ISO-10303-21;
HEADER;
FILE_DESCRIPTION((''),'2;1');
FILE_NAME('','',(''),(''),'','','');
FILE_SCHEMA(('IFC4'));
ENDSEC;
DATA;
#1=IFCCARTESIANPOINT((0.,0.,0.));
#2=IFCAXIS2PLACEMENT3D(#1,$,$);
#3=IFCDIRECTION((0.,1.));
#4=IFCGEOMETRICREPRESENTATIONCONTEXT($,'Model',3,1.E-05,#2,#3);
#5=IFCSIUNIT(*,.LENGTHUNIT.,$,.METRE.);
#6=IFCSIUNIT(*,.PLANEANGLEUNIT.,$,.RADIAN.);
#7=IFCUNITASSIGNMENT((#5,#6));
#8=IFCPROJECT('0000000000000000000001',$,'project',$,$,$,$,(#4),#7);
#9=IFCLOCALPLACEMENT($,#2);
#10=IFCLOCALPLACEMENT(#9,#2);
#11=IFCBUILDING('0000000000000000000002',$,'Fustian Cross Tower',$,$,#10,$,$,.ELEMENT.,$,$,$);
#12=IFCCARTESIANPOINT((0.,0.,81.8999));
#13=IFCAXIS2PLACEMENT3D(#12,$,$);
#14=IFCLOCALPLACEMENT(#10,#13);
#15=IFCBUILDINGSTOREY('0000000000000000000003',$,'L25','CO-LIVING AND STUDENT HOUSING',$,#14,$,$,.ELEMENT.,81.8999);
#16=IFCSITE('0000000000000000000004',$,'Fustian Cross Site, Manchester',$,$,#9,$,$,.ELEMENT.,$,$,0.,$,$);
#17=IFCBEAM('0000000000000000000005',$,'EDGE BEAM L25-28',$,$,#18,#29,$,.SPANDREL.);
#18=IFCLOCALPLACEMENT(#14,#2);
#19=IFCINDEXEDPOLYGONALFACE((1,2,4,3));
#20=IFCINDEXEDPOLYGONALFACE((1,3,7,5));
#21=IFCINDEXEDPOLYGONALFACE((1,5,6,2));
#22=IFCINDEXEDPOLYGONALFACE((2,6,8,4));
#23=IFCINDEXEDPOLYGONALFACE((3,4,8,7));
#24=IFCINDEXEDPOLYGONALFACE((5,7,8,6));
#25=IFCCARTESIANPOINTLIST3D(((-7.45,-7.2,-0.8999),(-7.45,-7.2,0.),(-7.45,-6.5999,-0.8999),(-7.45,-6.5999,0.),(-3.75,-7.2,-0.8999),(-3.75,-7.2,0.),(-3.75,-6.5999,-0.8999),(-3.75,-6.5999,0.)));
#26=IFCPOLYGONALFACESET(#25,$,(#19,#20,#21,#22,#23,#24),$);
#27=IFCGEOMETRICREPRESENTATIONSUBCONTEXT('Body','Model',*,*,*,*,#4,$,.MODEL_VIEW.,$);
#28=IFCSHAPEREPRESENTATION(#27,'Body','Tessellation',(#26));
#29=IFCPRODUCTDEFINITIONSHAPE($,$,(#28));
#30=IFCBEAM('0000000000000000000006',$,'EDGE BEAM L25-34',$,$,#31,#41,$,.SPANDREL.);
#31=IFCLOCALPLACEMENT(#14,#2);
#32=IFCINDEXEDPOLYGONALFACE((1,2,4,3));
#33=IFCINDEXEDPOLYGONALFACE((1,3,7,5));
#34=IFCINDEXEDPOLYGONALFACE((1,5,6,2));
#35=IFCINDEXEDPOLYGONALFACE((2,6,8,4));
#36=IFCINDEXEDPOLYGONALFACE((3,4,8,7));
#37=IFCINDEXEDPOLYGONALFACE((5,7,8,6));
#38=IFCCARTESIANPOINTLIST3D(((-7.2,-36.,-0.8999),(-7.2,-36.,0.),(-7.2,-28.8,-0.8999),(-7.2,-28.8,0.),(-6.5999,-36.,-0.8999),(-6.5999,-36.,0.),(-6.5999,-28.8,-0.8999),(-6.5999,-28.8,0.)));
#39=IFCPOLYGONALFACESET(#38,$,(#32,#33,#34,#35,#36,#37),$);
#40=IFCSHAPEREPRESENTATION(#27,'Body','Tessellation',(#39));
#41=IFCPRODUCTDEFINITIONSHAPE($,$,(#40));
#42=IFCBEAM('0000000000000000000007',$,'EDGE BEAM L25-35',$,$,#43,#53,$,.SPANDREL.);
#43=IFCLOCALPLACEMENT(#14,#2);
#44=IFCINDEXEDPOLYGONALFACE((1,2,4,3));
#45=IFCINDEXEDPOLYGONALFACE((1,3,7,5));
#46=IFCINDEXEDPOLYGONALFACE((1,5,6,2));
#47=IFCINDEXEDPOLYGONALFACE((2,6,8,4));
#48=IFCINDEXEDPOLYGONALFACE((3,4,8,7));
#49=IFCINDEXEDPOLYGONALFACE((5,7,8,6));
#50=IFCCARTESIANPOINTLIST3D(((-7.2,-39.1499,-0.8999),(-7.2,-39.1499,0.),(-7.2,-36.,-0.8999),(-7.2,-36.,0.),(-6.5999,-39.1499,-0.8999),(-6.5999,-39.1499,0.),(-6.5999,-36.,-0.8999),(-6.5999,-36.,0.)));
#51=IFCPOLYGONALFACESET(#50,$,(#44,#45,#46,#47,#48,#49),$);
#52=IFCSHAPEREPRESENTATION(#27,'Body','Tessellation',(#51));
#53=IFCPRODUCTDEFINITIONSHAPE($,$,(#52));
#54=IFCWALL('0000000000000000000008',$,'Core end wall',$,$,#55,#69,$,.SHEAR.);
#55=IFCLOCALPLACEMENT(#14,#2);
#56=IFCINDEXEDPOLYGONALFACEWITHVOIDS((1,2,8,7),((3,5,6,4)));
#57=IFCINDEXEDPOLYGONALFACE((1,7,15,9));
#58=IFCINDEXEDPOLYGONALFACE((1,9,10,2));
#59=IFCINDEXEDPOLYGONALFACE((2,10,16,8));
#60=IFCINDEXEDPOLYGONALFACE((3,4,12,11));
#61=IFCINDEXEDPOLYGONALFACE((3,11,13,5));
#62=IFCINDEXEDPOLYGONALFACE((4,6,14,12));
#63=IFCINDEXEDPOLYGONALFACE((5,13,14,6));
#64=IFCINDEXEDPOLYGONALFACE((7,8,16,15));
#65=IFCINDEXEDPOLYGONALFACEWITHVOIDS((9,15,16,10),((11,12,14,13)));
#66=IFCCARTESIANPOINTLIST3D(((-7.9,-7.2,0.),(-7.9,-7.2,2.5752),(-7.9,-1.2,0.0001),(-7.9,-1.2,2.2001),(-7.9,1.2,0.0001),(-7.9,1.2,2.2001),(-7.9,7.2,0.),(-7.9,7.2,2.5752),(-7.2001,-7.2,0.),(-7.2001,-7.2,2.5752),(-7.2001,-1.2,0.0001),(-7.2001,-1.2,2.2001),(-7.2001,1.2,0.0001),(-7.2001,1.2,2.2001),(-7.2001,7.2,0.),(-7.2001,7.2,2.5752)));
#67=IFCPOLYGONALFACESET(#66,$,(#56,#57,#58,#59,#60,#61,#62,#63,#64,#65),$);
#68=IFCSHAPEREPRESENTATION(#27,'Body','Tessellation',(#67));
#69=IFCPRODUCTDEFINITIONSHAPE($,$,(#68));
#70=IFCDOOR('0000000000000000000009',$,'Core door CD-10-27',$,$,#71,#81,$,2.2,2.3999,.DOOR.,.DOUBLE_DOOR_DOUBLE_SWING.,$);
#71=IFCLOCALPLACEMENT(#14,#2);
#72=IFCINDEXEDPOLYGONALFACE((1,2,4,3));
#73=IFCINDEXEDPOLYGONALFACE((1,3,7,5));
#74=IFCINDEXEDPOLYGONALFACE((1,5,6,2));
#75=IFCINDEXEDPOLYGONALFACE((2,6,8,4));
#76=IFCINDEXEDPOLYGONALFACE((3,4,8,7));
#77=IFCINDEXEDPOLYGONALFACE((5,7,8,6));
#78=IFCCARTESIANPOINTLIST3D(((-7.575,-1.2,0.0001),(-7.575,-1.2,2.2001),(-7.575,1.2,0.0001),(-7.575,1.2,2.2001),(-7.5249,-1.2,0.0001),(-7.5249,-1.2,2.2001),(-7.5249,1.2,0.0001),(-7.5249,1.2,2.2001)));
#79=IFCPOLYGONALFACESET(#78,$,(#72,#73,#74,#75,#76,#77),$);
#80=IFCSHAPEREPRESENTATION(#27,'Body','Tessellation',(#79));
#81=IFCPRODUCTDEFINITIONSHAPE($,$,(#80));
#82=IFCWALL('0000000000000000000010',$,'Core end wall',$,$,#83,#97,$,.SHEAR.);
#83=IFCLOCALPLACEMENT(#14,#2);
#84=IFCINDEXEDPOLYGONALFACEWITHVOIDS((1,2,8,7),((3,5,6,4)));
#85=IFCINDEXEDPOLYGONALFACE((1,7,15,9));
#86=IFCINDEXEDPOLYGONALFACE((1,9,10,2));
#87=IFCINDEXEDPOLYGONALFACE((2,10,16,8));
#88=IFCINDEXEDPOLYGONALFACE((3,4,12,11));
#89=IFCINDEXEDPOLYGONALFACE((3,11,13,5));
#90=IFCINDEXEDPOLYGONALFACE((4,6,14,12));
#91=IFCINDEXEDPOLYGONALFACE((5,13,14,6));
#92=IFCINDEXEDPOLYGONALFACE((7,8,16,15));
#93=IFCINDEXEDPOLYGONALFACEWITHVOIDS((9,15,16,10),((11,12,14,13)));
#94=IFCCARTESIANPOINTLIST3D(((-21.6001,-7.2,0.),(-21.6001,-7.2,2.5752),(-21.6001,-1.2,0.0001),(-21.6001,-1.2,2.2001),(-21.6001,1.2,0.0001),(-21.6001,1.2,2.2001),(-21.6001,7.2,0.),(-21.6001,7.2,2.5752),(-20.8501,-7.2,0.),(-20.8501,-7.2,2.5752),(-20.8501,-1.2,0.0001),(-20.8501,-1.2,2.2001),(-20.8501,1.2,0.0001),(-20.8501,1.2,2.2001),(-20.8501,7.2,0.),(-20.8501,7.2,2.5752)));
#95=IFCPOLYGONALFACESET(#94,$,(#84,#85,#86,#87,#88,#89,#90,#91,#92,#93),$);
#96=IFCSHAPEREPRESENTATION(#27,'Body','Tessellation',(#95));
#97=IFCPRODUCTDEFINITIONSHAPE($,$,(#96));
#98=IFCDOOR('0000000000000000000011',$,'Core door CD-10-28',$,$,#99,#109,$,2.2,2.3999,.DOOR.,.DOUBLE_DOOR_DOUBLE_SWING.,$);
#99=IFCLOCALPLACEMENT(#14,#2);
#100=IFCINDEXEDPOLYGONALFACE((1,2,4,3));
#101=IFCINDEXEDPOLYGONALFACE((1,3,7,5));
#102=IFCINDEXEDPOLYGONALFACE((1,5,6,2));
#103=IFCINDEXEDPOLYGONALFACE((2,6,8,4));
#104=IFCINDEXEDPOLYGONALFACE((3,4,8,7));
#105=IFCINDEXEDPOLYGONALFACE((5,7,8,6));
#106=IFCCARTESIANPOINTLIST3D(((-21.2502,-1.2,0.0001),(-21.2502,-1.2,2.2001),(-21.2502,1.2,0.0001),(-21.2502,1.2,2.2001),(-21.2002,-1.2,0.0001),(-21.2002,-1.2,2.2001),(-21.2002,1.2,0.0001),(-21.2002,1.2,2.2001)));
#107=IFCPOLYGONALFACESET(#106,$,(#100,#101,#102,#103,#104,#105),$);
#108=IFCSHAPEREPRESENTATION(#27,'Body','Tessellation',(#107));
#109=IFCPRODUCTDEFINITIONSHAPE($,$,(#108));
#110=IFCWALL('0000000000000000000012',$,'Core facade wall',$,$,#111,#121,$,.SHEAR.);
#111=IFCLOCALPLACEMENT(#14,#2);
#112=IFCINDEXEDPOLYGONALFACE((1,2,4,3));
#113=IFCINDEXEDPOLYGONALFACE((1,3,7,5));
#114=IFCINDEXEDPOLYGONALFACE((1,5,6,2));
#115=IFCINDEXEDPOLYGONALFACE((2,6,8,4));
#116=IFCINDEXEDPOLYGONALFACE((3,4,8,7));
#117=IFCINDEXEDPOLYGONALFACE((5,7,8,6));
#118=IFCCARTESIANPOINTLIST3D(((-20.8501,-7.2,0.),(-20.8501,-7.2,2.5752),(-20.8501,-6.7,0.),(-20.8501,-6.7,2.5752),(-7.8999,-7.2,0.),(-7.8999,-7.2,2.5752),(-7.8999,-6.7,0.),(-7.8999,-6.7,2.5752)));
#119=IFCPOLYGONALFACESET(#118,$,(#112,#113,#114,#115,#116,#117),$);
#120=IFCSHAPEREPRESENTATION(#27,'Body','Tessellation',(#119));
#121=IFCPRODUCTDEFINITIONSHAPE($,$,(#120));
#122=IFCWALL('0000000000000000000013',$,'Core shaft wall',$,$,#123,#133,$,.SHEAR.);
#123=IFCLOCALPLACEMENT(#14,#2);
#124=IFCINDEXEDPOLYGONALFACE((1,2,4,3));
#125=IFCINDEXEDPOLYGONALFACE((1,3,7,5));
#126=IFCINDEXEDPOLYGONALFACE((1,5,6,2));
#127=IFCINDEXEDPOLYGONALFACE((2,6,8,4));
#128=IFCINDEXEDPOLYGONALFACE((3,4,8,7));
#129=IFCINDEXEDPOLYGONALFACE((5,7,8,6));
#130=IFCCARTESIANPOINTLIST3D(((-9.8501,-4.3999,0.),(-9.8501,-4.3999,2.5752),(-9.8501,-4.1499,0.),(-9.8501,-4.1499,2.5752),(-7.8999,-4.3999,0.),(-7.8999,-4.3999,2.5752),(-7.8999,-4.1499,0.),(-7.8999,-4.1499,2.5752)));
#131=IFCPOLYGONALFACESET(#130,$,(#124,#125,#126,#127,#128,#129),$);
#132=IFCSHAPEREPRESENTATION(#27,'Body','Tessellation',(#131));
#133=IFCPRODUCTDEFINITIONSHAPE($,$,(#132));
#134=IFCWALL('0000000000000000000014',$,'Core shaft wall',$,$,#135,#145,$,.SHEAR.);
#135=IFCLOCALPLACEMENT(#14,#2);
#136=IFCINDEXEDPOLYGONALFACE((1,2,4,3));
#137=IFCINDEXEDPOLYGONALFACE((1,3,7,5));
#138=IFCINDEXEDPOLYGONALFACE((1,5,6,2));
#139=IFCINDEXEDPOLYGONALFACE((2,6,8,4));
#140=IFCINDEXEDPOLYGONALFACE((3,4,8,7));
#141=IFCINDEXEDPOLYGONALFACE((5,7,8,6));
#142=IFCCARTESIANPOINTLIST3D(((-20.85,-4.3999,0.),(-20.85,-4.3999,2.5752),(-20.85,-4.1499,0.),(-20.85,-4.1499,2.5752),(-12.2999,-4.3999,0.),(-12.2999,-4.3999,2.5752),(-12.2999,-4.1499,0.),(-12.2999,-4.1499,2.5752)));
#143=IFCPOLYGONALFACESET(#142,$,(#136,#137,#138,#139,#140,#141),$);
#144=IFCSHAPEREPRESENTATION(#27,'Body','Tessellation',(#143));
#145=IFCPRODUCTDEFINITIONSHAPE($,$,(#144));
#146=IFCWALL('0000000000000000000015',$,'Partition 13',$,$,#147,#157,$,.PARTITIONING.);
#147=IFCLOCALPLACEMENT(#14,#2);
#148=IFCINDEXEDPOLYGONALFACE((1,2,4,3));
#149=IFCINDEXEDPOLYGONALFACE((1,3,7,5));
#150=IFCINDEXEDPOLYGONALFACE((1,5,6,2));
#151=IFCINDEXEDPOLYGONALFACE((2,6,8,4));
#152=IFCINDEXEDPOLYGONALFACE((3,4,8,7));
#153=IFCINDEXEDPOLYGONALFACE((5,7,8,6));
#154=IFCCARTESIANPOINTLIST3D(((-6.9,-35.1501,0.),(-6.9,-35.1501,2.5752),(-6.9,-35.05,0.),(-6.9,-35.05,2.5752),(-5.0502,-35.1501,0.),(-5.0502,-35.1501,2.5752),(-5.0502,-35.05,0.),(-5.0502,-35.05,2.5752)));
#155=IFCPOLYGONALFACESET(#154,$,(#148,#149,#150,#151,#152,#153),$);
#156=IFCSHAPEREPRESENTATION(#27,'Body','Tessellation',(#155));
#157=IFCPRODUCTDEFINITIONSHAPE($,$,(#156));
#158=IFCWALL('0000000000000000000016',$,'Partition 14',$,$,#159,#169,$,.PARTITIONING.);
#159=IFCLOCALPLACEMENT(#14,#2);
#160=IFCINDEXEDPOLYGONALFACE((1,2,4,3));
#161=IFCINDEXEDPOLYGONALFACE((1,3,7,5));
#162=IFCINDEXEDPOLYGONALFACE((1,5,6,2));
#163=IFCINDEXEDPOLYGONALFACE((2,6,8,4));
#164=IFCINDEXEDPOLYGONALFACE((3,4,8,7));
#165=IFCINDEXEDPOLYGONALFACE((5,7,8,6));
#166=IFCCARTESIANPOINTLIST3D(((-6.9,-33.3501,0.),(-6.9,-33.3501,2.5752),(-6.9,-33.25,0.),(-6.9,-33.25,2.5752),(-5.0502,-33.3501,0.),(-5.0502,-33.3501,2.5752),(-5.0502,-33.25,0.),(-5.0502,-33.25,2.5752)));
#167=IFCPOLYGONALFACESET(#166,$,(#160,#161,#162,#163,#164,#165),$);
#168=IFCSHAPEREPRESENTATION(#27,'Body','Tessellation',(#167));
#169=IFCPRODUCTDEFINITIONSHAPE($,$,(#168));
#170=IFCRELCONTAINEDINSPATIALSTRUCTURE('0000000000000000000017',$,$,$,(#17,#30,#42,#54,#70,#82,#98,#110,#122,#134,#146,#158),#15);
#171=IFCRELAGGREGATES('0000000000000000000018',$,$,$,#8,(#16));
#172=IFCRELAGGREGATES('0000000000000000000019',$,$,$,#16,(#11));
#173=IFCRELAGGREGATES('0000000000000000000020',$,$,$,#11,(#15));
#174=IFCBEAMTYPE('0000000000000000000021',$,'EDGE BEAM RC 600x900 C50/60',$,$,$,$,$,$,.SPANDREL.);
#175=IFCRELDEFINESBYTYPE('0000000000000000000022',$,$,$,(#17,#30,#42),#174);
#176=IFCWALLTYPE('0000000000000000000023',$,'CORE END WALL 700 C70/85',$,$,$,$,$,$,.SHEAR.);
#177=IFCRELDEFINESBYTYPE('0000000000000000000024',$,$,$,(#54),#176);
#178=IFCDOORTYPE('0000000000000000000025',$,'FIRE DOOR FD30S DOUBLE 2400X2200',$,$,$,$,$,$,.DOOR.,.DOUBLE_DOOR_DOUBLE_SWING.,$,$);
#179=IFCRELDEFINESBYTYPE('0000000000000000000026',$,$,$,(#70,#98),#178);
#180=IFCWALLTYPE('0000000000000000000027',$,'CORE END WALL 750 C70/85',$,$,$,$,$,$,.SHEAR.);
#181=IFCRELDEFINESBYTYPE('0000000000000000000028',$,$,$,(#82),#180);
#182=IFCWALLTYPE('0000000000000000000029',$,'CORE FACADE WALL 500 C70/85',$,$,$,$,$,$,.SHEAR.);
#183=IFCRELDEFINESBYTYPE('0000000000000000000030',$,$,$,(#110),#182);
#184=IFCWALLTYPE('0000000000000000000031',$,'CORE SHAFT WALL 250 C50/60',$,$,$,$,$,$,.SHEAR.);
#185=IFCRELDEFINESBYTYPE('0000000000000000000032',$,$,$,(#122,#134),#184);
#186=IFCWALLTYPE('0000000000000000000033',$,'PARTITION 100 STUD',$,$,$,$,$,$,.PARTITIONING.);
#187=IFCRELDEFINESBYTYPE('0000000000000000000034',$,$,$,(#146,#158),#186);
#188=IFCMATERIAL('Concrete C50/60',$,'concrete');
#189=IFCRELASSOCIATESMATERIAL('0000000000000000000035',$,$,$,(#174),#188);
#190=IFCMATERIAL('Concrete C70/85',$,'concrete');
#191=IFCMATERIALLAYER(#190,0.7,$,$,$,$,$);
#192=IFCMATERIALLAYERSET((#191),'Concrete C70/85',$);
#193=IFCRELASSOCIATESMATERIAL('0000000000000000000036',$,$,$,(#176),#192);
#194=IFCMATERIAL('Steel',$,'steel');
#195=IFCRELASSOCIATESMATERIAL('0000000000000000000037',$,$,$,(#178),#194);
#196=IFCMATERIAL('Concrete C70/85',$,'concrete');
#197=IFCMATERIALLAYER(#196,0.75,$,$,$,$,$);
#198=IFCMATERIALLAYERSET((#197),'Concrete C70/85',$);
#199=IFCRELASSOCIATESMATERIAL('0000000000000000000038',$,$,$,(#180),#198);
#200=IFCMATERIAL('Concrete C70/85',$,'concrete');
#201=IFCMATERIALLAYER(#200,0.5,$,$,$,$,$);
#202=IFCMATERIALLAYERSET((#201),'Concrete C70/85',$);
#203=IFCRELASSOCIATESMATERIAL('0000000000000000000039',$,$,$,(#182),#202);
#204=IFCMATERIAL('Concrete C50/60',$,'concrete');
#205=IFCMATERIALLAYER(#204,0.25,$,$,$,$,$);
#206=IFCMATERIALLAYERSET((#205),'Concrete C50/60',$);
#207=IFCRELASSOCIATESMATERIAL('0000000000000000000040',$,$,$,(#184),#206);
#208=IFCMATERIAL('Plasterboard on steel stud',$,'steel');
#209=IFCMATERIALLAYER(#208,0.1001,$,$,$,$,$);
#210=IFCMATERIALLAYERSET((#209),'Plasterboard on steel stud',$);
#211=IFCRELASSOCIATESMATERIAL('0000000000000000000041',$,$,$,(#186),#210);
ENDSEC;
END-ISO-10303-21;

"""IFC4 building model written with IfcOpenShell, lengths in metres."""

from ifc_helpers import new_model, si_unit, direction, frame, frame_2d, origin, origin_2d, place, context, subcontext, project, spatial, rectangle, extrude, material, layer, layer_set, material_profile, profile_set, type_object, element, fill, save


model = new_model("IFC4")

# Units and contexts
model_context = context("Model", 3, precision=1e-05, world=origin(), true_north=direction((0.0, 1.0)))
body_context = subcontext(model_context, "Body", "Model", "MODEL_VIEW")
ifc_project = project(units=[si_unit("LENGTHUNIT", "METRE"), si_unit("PLANEANGLEUNIT", "RADIAN")], contexts=[model_context])

# Site, building, storey
site_placement = place(None, origin())
site = spatial("IfcSite", under=ifc_project, at=site_placement, Name="Fustian Cross Site, Manchester", CompositionType="ELEMENT", RefElevation=0.0)
building_placement = place(site_placement, origin())
building = spatial("IfcBuilding", under=site, at=building_placement, Name="Fustian Cross Tower", CompositionType="ELEMENT")
storey_placement = place(building_placement, frame((0.0, 0.0, 81.8999)))
storey = spatial("IfcBuildingStorey", under=building, at=storey_placement, Name="L25", Description="CO-LIVING AND STUDENT HOUSING", CompositionType="ELEMENT", Elevation=81.8999)

# Beams
ifc_material_1 = material(Name="Concrete C50/60", Category="concrete")
ifc_material_profile = material_profile(ifc_material_1, rectangle(XDim=0.6001, YDim=0.8999, at=origin_2d()), Name="RC 600x900")
ifc_profile_set = profile_set([ifc_material_profile], Name="Concrete C50/60")
beam_type = type_object("IfcBeamType", Name="EDGE BEAM RC 600x900 C50/60", PredefinedType="SPANDREL", material=ifc_profile_set)
beam_1_placement = place(storey_placement, frame((-7.45, -6.8999, -0.45), z_axis=(1.0, 0.0, 0.0), x_axis=(0.0, 1.0, 0.0)))
element("IfcBeam", 1, at=beam_1_placement, inside=storey, type_object=beam_type, Name="EDGE BEAM L25-28", PredefinedType="SPANDREL", context=body_context, shape_type="SweptSolid", body=[
    extrude(rectangle(XDim=0.6001, YDim=0.8999, at=origin_2d()), origin(), (0.0, 0.0, 1.0), 3.7),
])
beam_2_placement = place(storey_placement, frame((-6.8999, -28.8, -0.45), z_axis=(0.0, -1.0, 0.0), x_axis=(1.0, 0.0, 0.0)))
element("IfcBeam", 2, at=beam_2_placement, inside=storey, type_object=beam_type, Name="EDGE BEAM L25-34", PredefinedType="SPANDREL", context=body_context, shape_type="SweptSolid", body=[
    extrude(rectangle(XDim=0.6001, YDim=0.8999, at=origin_2d()), origin(), (0.0, 0.0, 1.0), 7.2),
])
beam_3_placement = place(storey_placement, frame((-6.8999, -36.0, -0.45), z_axis=(0.0, -1.0, 0.0), x_axis=(1.0, 0.0, 0.0)))
element("IfcBeam", 3, at=beam_3_placement, inside=storey, type_object=beam_type, Name="EDGE BEAM L25-35", PredefinedType="SPANDREL", context=body_context, shape_type="SweptSolid", body=[
    extrude(rectangle(XDim=0.6001, YDim=0.8999, at=origin_2d()), origin(), (0.0, 0.0, 1.0), 3.1499),
])

# Walls, openings, doors
ifc_material_2 = material(Name="Concrete C70/85", Category="concrete")
ifc_layer_1 = layer(ifc_material_2, 0.7)
ifc_layer_set_1 = layer_set([ifc_layer_1], Name="Concrete C70/85")
wall_type_1 = type_object("IfcWallType", Name="CORE END WALL 700 C70/85", PredefinedType="SHEAR", material=ifc_layer_set_1)
wall_1_placement = place(storey_placement, frame((-7.55, -7.2, 0.0), z_axis=(0.0, 0.0, 1.0), x_axis=(0.0, 1.0, 0.0)))
wall_1 = element("IfcWall", 4, at=wall_1_placement, inside=storey, type_object=wall_type_1, Name="Core end wall", PredefinedType="SHEAR", context=body_context, shape_type="SweptSolid", body=[
    extrude(rectangle(XDim=14.3999, YDim=0.7, at=frame_2d((7.2, 0.0))), origin(), (0.0, 0.0, 1.0), 2.5752),
])
opening_1_placement = place(wall_1_placement, frame((6.0, 0.0, 0.0)))
opening_1 = element("IfcOpeningElement", 5, at=opening_1_placement, cuts=wall_1, PredefinedType="OPENING", context=body_context, shape_type="SweptSolid", body=[
    extrude(rectangle(XDim=2.3999, YDim=2.2, at=frame_2d((1.2, 1.1001))), frame((0.0, 0.3599, 0.0), z_axis=(0.0, -1.0, 0.0), x_axis=(1.0, 0.0, 0.0)), (0.0, 0.0, 1.0), 0.72),
])
ifc_material_3 = material(Name="Steel", Category="steel")
door_type_1 = type_object("IfcDoorType", Name="FIRE DOOR FD30S DOUBLE 2400X2200", OperationType="DOUBLE_DOOR_DOUBLE_SWING", PredefinedType="DOOR", material=ifc_material_3)
door_1_placement = place(opening_1_placement, origin())
door_1 = element("IfcDoor", 6, at=door_1_placement, inside=storey, type_object=door_type_1, Name="Core door CD-10-27", OperationType="DOUBLE_DOOR_DOUBLE_SWING", OverallHeight=2.2, OverallWidth=2.3999, PredefinedType="DOOR", context=body_context, shape_type="SweptSolid", body=[
    extrude(rectangle(XDim=2.3999, YDim=2.2, at=frame_2d((1.2, 1.1001))), frame((0.0, 0.0249, 0.0), z_axis=(0.0, -1.0, 0.0), x_axis=(1.0, 0.0, 0.0)), (0.0, 0.0, 1.0), 0.05),
])
fill(opening_1, door_1)
ifc_material_4 = material(Name="Concrete C70/85", Category="concrete")
ifc_layer_2 = layer(ifc_material_4, 0.75)
ifc_layer_set_2 = layer_set([ifc_layer_2], Name="Concrete C70/85")
wall_type_2 = type_object("IfcWallType", Name="CORE END WALL 750 C70/85", PredefinedType="SHEAR", material=ifc_layer_set_2)
wall_2_placement = place(storey_placement, frame((-21.2251, -7.2, 0.0), z_axis=(0.0, 0.0, 1.0), x_axis=(0.0, 1.0, 0.0)))
wall_2 = element("IfcWall", 7, at=wall_2_placement, inside=storey, type_object=wall_type_2, Name="Core end wall", PredefinedType="SHEAR", context=body_context, shape_type="SweptSolid", body=[
    extrude(rectangle(XDim=14.3999, YDim=0.75, at=frame_2d((7.2, 0.0))), origin(), (0.0, 0.0, 1.0), 2.5752),
])
opening_2_placement = place(wall_2_placement, frame((6.0, 0.0, 0.0)))
opening_2 = element("IfcOpeningElement", 8, at=opening_2_placement, cuts=wall_2, PredefinedType="OPENING", context=body_context, shape_type="SweptSolid", body=[
    extrude(rectangle(XDim=2.3999, YDim=2.2, at=frame_2d((1.2, 1.1001))), frame((0.0, 0.385, 0.0), z_axis=(0.0, -1.0, 0.0), x_axis=(1.0, 0.0, 0.0)), (0.0, 0.0, 1.0), 0.77),
])
door_2_placement = place(opening_2_placement, frame((2.3999, 0.0, 0.0), z_axis=(0.0, 0.0, 1.0), x_axis=(-1.0, 0.0, 0.0)))
door_2 = element("IfcDoor", 9, at=door_2_placement, inside=storey, type_object=door_type_1, Name="Core door CD-10-28", OperationType="DOUBLE_DOOR_DOUBLE_SWING", OverallHeight=2.2, OverallWidth=2.3999, PredefinedType="DOOR", context=body_context, shape_type="SweptSolid", body=[
    extrude(rectangle(XDim=2.3999, YDim=2.2, at=frame_2d((1.2, 1.1001))), frame((0.0, 0.0249, 0.0), z_axis=(0.0, -1.0, 0.0), x_axis=(1.0, 0.0, 0.0)), (0.0, 0.0, 1.0), 0.05),
])
fill(opening_2, door_2)

# Walls
ifc_material_5 = material(Name="Concrete C70/85", Category="concrete")
ifc_layer_3 = layer(ifc_material_5, 0.5)
ifc_layer_set_3 = layer_set([ifc_layer_3], Name="Concrete C70/85")
wall_type_3 = type_object("IfcWallType", Name="CORE FACADE WALL 500 C70/85", PredefinedType="SHEAR", material=ifc_layer_set_3)
wall_3_placement = place(storey_placement, frame((-7.8999, -6.95, 0.0), z_axis=(0.0, 0.0, 1.0), x_axis=(-1.0, 0.0, 0.0)))
element("IfcWall", 10, at=wall_3_placement, inside=storey, type_object=wall_type_3, Name="Core facade wall", PredefinedType="SHEAR", context=body_context, shape_type="SweptSolid", body=[
    extrude(rectangle(XDim=12.9502, YDim=0.5, at=frame_2d((6.4751, 0.0))), origin(), (0.0, 0.0, 1.0), 2.5752),
])
ifc_material_6 = material(Name="Concrete C50/60", Category="concrete")
ifc_layer_4 = layer(ifc_material_6, 0.25)
ifc_layer_set_4 = layer_set([ifc_layer_4], Name="Concrete C50/60")
wall_type_4 = type_object("IfcWallType", Name="CORE SHAFT WALL 250 C50/60", PredefinedType="SHEAR", material=ifc_layer_set_4)
wall_4_placement = place(storey_placement, frame((-7.8999, -4.2749, 0.0), z_axis=(0.0, 0.0, 1.0), x_axis=(-1.0, 0.0, 0.0)))
element("IfcWall", 11, at=wall_4_placement, inside=storey, type_object=wall_type_4, Name="Core shaft wall", PredefinedType="SHEAR", context=body_context, shape_type="SweptSolid", body=[
    extrude(rectangle(XDim=1.9502, YDim=0.25, at=frame_2d((0.9751, 0.0))), origin(), (0.0, 0.0, 1.0), 2.5752),
])
wall_5_placement = place(storey_placement, frame((-12.3, -4.2749, 0.0), z_axis=(0.0, 0.0, 1.0), x_axis=(-1.0, 0.0, 0.0)))
element("IfcWall", 12, at=wall_5_placement, inside=storey, type_object=wall_type_4, Name="Core shaft wall", PredefinedType="SHEAR", context=body_context, shape_type="SweptSolid", body=[
    extrude(rectangle(XDim=8.55, YDim=0.25, at=frame_2d((4.2749, 0.0))), origin(), (0.0, 0.0, 1.0), 2.5752),
])
ifc_material_7 = material(Name="Plasterboard on steel stud", Category="steel")
ifc_layer_5 = layer(ifc_material_7, 0.1001)
ifc_layer_set_5 = layer_set([ifc_layer_5], Name="Plasterboard on steel stud")
wall_type_5 = type_object("IfcWallType", Name="PARTITION 100 STUD", PredefinedType="PARTITIONING", material=ifc_layer_set_5)
for number, where, z_axis, x_axis, name in (
    (13, (-6.8999, -35.1001, 0.0), (0.0, 0.0, 1.0), (1.0, 0.0, 0.0), "Partition 13"),
    (14, (-6.8999, -33.3, 0.0), (0.0, 0.0, 1.0), (1.0, 0.0, 0.0), "Partition 14"),
):
    element("IfcWall", number, at=place(storey_placement, frame(where, z_axis=z_axis, x_axis=x_axis)), inside=storey, type_object=wall_type_5, Name=name, PredefinedType="PARTITIONING", context=body_context, shape_type="SweptSolid", body=[
        extrude(rectangle(XDim=1.8499, YDim=0.1001, at=frame_2d((0.9248, 0.0))), origin(), (0.0, 0.0, 1.0), 2.5752),
    ])

save(model, "model.ifc")
